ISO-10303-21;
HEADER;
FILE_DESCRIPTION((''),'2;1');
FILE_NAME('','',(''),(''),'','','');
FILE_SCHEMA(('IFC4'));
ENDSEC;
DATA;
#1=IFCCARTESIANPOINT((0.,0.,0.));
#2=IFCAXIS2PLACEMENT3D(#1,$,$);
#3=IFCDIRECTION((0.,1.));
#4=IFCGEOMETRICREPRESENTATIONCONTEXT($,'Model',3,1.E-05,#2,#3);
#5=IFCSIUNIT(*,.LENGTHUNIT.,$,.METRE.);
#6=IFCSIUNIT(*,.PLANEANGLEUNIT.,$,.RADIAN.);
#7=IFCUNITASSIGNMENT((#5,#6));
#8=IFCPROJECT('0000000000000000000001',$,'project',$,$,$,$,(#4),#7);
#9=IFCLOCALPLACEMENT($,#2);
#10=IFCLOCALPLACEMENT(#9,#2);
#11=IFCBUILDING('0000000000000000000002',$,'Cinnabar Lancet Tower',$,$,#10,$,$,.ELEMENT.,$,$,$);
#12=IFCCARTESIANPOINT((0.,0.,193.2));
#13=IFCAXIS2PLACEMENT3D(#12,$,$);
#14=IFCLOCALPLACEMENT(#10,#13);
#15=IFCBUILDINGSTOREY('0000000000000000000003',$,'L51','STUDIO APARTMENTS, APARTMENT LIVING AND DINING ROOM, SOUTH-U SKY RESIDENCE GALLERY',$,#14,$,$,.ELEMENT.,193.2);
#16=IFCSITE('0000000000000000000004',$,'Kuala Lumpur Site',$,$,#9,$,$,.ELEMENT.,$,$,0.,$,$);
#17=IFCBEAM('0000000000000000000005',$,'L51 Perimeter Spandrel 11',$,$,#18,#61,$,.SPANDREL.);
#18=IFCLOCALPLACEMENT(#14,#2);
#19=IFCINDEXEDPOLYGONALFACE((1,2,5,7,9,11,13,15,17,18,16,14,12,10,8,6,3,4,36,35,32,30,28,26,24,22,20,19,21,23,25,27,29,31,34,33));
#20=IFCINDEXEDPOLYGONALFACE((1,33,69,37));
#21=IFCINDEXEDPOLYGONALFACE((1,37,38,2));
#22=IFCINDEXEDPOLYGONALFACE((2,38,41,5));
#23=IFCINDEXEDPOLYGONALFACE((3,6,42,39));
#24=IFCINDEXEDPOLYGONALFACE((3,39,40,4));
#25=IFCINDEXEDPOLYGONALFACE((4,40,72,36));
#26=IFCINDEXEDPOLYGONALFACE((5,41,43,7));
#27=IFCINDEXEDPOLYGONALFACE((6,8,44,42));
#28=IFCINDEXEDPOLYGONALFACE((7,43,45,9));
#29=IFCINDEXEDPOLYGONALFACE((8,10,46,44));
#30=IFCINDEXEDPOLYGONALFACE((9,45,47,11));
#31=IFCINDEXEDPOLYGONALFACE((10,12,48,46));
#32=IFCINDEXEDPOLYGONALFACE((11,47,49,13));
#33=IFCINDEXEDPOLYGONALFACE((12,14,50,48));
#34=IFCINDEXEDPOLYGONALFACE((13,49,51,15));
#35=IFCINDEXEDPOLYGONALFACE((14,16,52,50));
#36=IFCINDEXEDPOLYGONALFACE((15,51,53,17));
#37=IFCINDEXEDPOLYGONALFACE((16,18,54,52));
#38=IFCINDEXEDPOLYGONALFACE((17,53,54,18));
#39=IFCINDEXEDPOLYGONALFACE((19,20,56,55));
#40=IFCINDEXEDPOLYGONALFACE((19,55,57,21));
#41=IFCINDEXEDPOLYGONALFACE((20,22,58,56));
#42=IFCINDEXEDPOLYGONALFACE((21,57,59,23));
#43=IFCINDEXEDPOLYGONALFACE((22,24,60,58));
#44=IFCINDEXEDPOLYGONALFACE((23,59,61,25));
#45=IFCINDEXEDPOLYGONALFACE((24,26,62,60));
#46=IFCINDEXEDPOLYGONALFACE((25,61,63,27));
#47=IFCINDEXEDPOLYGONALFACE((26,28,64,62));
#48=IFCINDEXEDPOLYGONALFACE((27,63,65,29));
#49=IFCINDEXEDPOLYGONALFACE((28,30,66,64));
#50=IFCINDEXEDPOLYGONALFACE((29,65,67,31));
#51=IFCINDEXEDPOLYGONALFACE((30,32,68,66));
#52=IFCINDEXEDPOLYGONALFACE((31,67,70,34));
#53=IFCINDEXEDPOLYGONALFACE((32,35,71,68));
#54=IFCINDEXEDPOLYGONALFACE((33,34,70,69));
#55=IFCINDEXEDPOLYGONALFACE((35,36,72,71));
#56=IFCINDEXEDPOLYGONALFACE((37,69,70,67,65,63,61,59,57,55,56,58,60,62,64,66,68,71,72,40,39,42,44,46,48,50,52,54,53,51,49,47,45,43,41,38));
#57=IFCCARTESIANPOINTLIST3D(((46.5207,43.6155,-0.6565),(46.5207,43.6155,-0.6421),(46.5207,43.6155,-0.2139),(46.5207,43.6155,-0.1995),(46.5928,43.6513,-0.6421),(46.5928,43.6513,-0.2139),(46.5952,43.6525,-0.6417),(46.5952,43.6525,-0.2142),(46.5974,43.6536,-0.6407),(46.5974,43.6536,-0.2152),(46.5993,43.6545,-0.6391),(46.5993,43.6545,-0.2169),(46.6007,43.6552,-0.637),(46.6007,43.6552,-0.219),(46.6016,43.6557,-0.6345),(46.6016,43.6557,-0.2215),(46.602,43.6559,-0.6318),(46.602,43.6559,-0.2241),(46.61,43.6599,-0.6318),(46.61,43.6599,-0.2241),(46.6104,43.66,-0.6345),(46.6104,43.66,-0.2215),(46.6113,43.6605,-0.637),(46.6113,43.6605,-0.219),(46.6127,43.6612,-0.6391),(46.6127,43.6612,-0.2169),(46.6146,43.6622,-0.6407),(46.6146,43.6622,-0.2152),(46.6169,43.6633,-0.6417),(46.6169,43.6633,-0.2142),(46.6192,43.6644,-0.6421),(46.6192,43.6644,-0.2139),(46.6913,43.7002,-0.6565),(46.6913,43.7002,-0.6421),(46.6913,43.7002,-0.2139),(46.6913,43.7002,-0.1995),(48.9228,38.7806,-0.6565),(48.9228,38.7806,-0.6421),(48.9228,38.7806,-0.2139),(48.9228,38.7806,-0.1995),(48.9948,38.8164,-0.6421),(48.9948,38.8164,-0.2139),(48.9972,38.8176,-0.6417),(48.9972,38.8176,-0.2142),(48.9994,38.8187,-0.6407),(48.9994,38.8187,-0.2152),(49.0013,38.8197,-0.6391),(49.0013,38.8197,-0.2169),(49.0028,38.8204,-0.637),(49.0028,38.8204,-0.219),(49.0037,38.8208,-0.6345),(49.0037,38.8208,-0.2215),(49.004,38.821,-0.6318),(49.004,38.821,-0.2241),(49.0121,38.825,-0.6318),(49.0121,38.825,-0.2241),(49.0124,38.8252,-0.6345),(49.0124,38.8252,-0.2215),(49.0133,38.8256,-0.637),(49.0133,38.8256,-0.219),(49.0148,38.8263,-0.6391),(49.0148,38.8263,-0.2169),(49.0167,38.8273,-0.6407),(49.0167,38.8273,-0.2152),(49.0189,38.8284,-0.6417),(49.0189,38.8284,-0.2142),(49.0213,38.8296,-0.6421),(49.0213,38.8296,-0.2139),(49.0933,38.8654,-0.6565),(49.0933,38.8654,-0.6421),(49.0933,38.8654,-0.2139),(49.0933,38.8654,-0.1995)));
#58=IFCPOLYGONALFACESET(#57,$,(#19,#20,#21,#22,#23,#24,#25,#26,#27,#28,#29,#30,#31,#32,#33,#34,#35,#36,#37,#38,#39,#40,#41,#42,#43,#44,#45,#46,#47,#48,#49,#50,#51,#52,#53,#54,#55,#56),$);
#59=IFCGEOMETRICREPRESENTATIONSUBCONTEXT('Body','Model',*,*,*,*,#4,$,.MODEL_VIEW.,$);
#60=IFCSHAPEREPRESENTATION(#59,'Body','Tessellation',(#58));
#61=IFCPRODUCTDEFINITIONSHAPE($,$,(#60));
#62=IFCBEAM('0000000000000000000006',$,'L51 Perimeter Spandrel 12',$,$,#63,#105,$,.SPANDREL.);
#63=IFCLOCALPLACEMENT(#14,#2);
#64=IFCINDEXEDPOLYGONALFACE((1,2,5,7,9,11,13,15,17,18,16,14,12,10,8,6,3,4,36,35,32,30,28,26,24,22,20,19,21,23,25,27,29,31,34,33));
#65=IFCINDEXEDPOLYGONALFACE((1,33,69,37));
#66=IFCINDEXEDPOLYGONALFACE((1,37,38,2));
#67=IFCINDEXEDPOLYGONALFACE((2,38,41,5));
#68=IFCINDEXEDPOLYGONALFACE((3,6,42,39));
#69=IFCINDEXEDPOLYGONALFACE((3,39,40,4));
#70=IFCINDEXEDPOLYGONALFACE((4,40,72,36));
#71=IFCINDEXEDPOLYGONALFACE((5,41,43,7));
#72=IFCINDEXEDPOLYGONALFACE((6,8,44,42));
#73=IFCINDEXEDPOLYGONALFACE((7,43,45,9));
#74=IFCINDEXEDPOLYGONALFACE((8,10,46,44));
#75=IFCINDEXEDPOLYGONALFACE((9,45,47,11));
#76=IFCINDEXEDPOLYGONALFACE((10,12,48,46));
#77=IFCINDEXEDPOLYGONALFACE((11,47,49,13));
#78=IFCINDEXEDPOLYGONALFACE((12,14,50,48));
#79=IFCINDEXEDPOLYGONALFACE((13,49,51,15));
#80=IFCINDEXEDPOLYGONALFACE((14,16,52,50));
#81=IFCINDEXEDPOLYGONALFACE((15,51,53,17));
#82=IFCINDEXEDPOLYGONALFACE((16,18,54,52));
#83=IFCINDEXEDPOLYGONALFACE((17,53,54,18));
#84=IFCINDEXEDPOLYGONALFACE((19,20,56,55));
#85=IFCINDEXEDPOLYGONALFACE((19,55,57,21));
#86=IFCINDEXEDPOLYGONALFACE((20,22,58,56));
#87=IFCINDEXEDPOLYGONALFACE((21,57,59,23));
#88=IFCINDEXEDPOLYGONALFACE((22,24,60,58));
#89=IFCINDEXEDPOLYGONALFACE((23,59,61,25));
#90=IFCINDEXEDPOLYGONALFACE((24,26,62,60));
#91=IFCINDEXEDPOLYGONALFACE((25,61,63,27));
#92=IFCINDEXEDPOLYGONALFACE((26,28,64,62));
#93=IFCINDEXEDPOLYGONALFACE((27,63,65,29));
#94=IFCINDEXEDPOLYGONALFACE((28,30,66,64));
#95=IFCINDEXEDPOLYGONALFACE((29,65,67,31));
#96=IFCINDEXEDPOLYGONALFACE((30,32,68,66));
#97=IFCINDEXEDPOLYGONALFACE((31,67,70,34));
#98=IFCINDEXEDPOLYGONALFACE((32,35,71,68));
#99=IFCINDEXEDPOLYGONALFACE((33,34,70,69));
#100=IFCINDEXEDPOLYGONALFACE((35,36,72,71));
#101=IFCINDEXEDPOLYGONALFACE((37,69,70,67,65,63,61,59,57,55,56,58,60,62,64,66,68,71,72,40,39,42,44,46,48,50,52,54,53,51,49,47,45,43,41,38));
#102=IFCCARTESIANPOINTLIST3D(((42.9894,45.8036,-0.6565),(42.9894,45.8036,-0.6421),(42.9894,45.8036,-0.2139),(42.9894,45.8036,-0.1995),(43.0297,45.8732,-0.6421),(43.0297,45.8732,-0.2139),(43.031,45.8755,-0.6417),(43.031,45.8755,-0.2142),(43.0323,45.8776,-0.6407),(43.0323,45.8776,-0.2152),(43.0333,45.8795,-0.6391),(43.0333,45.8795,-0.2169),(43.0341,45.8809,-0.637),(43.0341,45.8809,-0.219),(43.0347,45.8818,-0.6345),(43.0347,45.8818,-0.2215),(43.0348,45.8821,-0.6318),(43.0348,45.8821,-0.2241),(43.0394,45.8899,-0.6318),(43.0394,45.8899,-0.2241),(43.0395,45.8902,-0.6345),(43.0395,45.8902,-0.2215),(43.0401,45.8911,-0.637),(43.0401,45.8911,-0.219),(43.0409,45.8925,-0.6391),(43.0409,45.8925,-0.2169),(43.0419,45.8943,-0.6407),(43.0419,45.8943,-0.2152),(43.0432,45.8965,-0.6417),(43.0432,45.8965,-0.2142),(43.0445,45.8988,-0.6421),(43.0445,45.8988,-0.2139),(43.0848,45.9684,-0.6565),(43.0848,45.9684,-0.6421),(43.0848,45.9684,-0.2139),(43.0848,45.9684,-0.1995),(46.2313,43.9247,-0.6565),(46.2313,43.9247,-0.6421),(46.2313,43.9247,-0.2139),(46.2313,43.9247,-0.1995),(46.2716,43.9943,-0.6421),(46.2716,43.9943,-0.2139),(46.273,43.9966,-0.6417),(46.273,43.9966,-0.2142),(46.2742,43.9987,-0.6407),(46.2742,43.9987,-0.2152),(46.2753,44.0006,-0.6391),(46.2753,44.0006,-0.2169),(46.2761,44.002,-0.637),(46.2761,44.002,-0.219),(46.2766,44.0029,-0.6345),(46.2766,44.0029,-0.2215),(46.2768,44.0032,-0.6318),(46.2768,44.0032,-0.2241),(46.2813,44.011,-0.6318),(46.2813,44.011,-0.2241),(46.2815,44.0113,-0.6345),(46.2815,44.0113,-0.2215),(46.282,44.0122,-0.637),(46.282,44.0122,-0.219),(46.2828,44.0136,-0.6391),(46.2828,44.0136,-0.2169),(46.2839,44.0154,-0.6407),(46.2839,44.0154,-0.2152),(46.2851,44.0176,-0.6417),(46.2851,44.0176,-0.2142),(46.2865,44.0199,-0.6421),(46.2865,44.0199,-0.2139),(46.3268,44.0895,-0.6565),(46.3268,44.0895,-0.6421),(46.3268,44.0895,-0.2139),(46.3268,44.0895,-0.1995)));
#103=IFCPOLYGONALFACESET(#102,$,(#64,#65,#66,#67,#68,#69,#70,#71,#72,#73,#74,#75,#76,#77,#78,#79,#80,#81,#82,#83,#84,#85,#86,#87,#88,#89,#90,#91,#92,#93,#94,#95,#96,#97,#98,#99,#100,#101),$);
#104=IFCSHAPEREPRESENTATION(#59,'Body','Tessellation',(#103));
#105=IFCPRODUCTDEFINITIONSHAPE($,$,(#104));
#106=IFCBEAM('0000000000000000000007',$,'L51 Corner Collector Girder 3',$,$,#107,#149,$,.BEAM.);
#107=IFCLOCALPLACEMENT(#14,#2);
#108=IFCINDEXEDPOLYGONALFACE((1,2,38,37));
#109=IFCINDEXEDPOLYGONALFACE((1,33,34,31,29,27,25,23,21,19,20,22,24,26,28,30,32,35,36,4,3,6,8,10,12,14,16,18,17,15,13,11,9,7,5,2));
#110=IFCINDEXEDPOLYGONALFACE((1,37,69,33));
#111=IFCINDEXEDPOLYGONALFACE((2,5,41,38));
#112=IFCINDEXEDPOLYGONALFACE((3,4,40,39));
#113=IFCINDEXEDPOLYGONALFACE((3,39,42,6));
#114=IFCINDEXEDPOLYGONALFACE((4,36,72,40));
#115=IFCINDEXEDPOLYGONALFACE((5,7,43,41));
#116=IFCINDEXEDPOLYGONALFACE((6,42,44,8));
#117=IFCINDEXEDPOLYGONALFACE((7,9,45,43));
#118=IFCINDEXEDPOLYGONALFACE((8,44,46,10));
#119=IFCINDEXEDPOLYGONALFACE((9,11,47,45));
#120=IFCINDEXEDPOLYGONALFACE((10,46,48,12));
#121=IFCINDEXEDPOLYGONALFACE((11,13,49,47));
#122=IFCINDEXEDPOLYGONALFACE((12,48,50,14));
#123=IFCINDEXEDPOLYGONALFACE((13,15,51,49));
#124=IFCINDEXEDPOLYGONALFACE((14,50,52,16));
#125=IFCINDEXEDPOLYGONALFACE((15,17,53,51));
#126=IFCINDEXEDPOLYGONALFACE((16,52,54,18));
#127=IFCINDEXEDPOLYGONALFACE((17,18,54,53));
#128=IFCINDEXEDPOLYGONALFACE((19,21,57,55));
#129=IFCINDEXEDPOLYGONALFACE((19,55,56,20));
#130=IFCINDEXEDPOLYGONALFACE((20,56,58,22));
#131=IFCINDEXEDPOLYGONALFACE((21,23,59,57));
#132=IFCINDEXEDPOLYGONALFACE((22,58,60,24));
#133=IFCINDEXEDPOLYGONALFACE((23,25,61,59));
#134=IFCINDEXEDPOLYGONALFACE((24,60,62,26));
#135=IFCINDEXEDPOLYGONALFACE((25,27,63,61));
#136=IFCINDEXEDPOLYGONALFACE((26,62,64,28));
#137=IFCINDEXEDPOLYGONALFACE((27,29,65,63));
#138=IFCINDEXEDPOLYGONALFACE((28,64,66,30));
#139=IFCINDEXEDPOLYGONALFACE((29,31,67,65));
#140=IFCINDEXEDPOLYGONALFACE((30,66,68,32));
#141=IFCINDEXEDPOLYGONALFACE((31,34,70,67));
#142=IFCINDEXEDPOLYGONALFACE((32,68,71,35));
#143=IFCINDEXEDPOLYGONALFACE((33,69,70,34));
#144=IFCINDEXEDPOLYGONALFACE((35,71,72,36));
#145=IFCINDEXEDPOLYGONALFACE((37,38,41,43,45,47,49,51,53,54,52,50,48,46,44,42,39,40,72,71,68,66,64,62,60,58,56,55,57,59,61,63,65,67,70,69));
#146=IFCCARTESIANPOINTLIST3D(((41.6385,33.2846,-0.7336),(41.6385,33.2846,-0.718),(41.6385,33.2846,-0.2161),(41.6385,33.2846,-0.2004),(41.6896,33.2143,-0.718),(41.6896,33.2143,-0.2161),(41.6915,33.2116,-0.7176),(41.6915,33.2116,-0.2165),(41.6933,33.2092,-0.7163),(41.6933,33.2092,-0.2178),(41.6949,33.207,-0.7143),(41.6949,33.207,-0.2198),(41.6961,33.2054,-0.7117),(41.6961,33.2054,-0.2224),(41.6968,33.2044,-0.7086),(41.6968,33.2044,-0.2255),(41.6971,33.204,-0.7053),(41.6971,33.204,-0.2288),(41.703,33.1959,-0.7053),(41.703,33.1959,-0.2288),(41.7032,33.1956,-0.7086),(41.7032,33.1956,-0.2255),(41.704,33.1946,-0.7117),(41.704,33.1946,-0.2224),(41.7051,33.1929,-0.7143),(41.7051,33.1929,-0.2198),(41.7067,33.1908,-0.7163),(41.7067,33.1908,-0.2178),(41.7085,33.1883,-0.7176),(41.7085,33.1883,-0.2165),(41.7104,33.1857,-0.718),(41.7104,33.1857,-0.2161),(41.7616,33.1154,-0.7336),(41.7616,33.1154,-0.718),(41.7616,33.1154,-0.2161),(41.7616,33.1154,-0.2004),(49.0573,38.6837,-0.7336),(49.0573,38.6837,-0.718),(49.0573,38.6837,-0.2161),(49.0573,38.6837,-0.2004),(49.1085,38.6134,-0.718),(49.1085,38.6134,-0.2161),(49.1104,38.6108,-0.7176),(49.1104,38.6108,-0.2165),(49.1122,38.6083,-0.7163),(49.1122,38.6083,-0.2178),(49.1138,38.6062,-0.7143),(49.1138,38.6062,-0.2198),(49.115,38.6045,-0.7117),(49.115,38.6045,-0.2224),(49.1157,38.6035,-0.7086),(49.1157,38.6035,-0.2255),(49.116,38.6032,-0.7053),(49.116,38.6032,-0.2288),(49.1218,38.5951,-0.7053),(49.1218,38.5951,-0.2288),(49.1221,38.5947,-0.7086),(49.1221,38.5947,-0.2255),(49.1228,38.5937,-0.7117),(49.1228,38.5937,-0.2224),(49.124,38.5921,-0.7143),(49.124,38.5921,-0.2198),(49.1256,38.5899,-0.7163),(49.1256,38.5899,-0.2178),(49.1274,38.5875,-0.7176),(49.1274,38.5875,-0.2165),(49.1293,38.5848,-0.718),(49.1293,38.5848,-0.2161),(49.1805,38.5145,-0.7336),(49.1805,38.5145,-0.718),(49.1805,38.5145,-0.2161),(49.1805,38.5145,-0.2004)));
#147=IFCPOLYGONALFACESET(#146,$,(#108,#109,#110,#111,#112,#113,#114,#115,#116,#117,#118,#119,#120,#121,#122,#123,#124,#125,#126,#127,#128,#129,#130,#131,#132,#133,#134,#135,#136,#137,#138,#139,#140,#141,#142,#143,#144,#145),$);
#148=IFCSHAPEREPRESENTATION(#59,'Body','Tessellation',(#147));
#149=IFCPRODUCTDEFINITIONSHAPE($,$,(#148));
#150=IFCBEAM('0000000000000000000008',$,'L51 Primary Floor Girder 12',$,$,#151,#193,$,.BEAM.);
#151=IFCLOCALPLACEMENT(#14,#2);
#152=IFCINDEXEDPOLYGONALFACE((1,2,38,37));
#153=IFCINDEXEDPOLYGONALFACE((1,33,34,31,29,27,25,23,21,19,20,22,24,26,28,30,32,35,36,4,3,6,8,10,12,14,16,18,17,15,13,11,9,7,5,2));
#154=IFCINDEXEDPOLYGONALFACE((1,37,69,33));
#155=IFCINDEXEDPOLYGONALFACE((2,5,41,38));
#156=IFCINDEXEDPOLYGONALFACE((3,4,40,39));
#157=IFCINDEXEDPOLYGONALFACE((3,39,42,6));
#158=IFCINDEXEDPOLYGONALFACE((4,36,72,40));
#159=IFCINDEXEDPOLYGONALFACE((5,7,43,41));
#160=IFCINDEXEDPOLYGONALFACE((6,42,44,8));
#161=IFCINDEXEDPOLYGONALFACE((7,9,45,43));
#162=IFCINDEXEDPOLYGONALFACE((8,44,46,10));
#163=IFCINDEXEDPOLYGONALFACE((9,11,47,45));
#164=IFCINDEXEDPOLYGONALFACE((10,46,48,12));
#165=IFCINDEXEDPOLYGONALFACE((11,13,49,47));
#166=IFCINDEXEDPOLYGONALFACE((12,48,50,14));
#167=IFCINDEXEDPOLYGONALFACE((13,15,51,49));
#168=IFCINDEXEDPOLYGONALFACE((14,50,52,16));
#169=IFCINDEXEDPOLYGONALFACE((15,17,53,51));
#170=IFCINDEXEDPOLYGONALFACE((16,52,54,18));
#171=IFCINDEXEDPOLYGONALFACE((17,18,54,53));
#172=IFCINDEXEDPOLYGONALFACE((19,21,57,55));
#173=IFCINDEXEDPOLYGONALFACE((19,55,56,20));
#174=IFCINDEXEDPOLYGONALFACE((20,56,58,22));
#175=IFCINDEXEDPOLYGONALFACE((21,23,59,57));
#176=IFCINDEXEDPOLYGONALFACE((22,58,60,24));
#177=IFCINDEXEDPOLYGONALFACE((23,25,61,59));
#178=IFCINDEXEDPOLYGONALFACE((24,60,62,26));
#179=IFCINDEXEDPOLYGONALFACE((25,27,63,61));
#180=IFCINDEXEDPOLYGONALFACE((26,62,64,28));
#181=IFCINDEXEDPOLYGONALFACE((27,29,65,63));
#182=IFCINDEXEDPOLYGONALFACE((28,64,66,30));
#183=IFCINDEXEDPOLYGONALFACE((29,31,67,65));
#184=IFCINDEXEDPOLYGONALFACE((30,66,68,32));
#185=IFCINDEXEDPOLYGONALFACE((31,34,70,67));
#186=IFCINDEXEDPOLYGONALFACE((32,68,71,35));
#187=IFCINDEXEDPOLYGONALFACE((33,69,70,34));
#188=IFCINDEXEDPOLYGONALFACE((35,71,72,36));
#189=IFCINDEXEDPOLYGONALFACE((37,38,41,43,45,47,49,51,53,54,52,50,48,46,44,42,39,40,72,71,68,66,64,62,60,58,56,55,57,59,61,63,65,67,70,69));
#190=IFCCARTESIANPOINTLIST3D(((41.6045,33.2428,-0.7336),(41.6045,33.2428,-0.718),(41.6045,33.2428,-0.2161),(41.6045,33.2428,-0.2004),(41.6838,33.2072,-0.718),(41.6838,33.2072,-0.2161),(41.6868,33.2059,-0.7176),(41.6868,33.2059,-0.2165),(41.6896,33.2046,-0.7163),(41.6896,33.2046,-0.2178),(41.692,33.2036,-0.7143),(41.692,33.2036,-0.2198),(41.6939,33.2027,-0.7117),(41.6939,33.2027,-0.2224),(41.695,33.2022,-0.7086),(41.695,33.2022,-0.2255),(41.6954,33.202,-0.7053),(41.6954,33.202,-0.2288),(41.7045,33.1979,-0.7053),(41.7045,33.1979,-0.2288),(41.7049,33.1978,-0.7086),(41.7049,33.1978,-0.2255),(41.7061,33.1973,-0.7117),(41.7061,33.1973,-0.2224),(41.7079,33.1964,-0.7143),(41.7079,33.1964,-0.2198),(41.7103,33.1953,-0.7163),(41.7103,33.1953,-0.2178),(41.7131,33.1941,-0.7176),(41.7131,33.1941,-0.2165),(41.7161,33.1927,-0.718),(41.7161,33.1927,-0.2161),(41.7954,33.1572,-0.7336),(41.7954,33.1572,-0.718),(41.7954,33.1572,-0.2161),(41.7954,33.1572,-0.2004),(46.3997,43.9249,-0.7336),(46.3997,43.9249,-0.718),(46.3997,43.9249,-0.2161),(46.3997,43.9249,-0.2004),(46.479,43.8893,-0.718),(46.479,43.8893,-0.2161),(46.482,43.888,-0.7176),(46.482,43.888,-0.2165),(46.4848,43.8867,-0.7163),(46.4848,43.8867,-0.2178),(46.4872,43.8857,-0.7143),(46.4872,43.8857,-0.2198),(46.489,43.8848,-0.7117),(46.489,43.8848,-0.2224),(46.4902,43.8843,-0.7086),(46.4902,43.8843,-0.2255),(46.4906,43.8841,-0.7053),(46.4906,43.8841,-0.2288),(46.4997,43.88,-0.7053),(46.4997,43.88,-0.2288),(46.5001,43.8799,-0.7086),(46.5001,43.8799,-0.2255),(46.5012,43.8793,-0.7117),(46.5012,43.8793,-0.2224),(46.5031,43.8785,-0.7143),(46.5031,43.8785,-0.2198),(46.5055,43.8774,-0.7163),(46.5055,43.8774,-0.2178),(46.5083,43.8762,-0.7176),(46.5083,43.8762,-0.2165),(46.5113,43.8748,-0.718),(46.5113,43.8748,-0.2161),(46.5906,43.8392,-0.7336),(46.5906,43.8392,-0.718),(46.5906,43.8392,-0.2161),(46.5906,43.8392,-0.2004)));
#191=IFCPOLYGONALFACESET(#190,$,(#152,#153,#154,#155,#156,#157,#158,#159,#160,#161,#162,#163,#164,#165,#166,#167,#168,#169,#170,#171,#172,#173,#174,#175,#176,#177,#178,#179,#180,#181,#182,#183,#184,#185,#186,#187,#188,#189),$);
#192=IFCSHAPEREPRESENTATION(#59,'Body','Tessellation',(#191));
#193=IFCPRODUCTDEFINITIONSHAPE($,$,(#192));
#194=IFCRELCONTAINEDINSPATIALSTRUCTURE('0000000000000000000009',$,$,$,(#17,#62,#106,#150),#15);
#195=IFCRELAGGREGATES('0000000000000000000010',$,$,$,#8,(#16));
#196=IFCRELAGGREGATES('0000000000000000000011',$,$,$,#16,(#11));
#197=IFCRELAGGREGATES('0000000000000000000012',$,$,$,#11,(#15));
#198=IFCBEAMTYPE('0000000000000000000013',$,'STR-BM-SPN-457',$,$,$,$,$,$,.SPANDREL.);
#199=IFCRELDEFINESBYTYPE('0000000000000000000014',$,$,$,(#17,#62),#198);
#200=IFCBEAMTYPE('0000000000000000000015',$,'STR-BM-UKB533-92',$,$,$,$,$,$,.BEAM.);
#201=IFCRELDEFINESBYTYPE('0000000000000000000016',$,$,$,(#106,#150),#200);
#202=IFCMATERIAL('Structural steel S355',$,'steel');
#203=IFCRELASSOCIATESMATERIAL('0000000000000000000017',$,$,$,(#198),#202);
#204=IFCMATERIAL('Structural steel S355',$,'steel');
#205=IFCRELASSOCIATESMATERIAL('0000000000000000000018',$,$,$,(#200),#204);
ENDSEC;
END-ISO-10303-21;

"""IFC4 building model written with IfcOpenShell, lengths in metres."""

from ifc_helpers import new_model, si_unit, direction, frame, origin, origin_2d, place, context, subcontext, project, spatial, i_section, extrude, material, material_profile, profile_set, type_object, element, save


model = new_model("IFC4")

# Units and contexts
model_context = context("Model", 3, precision=1e-05, world=origin(), true_north=direction((0.0, 1.0)))
body_context = subcontext(model_context, "Body", "Model", "MODEL_VIEW")
ifc_project = project(units=[si_unit("LENGTHUNIT", "METRE"), si_unit("PLANEANGLEUNIT", "RADIAN")], contexts=[model_context])

# Site, building, storey
site_placement = place(None, origin())
site = spatial("IfcSite", under=ifc_project, at=site_placement, Name="Kuala Lumpur Site", CompositionType="ELEMENT", RefElevation=0.0)
building_placement = place(site_placement, origin())
building = spatial("IfcBuilding", under=site, at=building_placement, Name="Cinnabar Lancet Tower", CompositionType="ELEMENT")
storey_placement = place(building_placement, frame((0.0, 0.0, 193.2)))
storey = spatial("IfcBuildingStorey", under=building, at=storey_placement, Name="L51", Description="STUDIO APARTMENTS, APARTMENT LIVING AND DINING ROOM, SOUTH-U SKY RESIDENCE GALLERY", CompositionType="ELEMENT", Elevation=193.2)

# Beams
ifc_material_1 = material(Name="Structural steel S355", Category="steel")
ifc_material_profile_1 = material_profile(ifc_material_1, i_section(OverallWidth=0.1904, OverallDepth=0.457, WebThickness=0.009, FlangeThickness=0.0144, FilletRadius=0.0103, at=origin_2d()), Name="UKB 457x191x74")
ifc_profile_set_1 = profile_set([ifc_material_profile_1], Name="Structural steel S355")
beam_type_1 = type_object("IfcBeamType", Name="STR-BM-SPN-457", PredefinedType="SPANDREL", material=ifc_profile_set_1)
beam_1_placement = place(storey_placement, frame((49.0081, 38.823, -0.428), z_axis=(-0.444933, 0.895564, 0.0), x_axis=(-0.895564, -0.444933, 0.0)))
element("IfcBeam", 1, at=beam_1_placement, inside=storey, type_object=beam_type_1, Name="L51 Perimeter Spandrel 11", PredefinedType="SPANDREL", context=body_context, shape_type="SweptSolid", body=[
    extrude(i_section(OverallWidth=0.1904, OverallDepth=0.457, WebThickness=0.009, FlangeThickness=0.0144, FilletRadius=0.0103, at=origin_2d()), origin(), (0.0, 0.0, 1.0), 5.3987),
])
beam_2_placement = place(storey_placement, frame((46.2791, 44.0071, -0.428), z_axis=(-0.865196, 0.501434, 0.0), x_axis=(-0.501434, -0.865196, 0.0)))
element("IfcBeam", 2, at=beam_2_placement, inside=storey, type_object=beam_type_1, Name="L51 Perimeter Spandrel 12", PredefinedType="SPANDREL", context=body_context, shape_type="SweptSolid", body=[
    extrude(i_section(OverallWidth=0.1904, OverallDepth=0.457, WebThickness=0.009, FlangeThickness=0.0144, FilletRadius=0.0103, at=origin_2d()), origin(), (0.0, 0.0, 1.0), 3.7471),
])
ifc_material_2 = material(Name="Structural steel S355", Category="steel")
ifc_material_profile_2 = material_profile(ifc_material_2, i_section(OverallWidth=0.2092, OverallDepth=0.5332, WebThickness=0.01, FlangeThickness=0.0156, FilletRadius=0.0127, at=origin_2d()), Name="UKB 533x210x92")
ifc_profile_set_2 = profile_set([ifc_material_profile_2], Name="Structural steel S355")
beam_type_2 = type_object("IfcBeamType", Name="STR-BM-UKB533-92", PredefinedType="BEAM", material=ifc_profile_set_2)
beam_3_placement = place(storey_placement, frame((49.1189, 38.5991, -0.467), z_axis=(-0.808551, -0.588426, 0.0), x_axis=(0.588426, -0.808551, 0.0)))
element("IfcBeam", 3, at=beam_3_placement, inside=storey, type_object=beam_type_2, Name="L51 Corner Collector Girder 3", PredefinedType="BEAM", context=body_context, shape_type="SweptSolid", body=[
    extrude(i_section(OverallWidth=0.2092, OverallDepth=0.5332, WebThickness=0.01, FlangeThickness=0.0156, FilletRadius=0.0127, at=origin_2d()), origin(), (0.0, 0.0, 1.0), 9.1755),
])
beam_4_placement = place(storey_placement, frame((46.4951, 43.8821, -0.467), z_axis=(-0.409527, -0.912298, 0.0), x_axis=(0.912298, -0.409527, 0.0)))
element("IfcBeam", 4, at=beam_4_placement, inside=storey, type_object=beam_type_2, Name="L51 Primary Floor Girder 12", PredefinedType="BEAM", context=body_context, shape_type="SweptSolid", body=[
    extrude(i_section(OverallWidth=0.2092, OverallDepth=0.5332, WebThickness=0.01, FlangeThickness=0.0156, FilletRadius=0.0127, at=origin_2d()), origin(), (0.0, 0.0, 1.0), 11.709),
])

save(model, "model.ifc")
